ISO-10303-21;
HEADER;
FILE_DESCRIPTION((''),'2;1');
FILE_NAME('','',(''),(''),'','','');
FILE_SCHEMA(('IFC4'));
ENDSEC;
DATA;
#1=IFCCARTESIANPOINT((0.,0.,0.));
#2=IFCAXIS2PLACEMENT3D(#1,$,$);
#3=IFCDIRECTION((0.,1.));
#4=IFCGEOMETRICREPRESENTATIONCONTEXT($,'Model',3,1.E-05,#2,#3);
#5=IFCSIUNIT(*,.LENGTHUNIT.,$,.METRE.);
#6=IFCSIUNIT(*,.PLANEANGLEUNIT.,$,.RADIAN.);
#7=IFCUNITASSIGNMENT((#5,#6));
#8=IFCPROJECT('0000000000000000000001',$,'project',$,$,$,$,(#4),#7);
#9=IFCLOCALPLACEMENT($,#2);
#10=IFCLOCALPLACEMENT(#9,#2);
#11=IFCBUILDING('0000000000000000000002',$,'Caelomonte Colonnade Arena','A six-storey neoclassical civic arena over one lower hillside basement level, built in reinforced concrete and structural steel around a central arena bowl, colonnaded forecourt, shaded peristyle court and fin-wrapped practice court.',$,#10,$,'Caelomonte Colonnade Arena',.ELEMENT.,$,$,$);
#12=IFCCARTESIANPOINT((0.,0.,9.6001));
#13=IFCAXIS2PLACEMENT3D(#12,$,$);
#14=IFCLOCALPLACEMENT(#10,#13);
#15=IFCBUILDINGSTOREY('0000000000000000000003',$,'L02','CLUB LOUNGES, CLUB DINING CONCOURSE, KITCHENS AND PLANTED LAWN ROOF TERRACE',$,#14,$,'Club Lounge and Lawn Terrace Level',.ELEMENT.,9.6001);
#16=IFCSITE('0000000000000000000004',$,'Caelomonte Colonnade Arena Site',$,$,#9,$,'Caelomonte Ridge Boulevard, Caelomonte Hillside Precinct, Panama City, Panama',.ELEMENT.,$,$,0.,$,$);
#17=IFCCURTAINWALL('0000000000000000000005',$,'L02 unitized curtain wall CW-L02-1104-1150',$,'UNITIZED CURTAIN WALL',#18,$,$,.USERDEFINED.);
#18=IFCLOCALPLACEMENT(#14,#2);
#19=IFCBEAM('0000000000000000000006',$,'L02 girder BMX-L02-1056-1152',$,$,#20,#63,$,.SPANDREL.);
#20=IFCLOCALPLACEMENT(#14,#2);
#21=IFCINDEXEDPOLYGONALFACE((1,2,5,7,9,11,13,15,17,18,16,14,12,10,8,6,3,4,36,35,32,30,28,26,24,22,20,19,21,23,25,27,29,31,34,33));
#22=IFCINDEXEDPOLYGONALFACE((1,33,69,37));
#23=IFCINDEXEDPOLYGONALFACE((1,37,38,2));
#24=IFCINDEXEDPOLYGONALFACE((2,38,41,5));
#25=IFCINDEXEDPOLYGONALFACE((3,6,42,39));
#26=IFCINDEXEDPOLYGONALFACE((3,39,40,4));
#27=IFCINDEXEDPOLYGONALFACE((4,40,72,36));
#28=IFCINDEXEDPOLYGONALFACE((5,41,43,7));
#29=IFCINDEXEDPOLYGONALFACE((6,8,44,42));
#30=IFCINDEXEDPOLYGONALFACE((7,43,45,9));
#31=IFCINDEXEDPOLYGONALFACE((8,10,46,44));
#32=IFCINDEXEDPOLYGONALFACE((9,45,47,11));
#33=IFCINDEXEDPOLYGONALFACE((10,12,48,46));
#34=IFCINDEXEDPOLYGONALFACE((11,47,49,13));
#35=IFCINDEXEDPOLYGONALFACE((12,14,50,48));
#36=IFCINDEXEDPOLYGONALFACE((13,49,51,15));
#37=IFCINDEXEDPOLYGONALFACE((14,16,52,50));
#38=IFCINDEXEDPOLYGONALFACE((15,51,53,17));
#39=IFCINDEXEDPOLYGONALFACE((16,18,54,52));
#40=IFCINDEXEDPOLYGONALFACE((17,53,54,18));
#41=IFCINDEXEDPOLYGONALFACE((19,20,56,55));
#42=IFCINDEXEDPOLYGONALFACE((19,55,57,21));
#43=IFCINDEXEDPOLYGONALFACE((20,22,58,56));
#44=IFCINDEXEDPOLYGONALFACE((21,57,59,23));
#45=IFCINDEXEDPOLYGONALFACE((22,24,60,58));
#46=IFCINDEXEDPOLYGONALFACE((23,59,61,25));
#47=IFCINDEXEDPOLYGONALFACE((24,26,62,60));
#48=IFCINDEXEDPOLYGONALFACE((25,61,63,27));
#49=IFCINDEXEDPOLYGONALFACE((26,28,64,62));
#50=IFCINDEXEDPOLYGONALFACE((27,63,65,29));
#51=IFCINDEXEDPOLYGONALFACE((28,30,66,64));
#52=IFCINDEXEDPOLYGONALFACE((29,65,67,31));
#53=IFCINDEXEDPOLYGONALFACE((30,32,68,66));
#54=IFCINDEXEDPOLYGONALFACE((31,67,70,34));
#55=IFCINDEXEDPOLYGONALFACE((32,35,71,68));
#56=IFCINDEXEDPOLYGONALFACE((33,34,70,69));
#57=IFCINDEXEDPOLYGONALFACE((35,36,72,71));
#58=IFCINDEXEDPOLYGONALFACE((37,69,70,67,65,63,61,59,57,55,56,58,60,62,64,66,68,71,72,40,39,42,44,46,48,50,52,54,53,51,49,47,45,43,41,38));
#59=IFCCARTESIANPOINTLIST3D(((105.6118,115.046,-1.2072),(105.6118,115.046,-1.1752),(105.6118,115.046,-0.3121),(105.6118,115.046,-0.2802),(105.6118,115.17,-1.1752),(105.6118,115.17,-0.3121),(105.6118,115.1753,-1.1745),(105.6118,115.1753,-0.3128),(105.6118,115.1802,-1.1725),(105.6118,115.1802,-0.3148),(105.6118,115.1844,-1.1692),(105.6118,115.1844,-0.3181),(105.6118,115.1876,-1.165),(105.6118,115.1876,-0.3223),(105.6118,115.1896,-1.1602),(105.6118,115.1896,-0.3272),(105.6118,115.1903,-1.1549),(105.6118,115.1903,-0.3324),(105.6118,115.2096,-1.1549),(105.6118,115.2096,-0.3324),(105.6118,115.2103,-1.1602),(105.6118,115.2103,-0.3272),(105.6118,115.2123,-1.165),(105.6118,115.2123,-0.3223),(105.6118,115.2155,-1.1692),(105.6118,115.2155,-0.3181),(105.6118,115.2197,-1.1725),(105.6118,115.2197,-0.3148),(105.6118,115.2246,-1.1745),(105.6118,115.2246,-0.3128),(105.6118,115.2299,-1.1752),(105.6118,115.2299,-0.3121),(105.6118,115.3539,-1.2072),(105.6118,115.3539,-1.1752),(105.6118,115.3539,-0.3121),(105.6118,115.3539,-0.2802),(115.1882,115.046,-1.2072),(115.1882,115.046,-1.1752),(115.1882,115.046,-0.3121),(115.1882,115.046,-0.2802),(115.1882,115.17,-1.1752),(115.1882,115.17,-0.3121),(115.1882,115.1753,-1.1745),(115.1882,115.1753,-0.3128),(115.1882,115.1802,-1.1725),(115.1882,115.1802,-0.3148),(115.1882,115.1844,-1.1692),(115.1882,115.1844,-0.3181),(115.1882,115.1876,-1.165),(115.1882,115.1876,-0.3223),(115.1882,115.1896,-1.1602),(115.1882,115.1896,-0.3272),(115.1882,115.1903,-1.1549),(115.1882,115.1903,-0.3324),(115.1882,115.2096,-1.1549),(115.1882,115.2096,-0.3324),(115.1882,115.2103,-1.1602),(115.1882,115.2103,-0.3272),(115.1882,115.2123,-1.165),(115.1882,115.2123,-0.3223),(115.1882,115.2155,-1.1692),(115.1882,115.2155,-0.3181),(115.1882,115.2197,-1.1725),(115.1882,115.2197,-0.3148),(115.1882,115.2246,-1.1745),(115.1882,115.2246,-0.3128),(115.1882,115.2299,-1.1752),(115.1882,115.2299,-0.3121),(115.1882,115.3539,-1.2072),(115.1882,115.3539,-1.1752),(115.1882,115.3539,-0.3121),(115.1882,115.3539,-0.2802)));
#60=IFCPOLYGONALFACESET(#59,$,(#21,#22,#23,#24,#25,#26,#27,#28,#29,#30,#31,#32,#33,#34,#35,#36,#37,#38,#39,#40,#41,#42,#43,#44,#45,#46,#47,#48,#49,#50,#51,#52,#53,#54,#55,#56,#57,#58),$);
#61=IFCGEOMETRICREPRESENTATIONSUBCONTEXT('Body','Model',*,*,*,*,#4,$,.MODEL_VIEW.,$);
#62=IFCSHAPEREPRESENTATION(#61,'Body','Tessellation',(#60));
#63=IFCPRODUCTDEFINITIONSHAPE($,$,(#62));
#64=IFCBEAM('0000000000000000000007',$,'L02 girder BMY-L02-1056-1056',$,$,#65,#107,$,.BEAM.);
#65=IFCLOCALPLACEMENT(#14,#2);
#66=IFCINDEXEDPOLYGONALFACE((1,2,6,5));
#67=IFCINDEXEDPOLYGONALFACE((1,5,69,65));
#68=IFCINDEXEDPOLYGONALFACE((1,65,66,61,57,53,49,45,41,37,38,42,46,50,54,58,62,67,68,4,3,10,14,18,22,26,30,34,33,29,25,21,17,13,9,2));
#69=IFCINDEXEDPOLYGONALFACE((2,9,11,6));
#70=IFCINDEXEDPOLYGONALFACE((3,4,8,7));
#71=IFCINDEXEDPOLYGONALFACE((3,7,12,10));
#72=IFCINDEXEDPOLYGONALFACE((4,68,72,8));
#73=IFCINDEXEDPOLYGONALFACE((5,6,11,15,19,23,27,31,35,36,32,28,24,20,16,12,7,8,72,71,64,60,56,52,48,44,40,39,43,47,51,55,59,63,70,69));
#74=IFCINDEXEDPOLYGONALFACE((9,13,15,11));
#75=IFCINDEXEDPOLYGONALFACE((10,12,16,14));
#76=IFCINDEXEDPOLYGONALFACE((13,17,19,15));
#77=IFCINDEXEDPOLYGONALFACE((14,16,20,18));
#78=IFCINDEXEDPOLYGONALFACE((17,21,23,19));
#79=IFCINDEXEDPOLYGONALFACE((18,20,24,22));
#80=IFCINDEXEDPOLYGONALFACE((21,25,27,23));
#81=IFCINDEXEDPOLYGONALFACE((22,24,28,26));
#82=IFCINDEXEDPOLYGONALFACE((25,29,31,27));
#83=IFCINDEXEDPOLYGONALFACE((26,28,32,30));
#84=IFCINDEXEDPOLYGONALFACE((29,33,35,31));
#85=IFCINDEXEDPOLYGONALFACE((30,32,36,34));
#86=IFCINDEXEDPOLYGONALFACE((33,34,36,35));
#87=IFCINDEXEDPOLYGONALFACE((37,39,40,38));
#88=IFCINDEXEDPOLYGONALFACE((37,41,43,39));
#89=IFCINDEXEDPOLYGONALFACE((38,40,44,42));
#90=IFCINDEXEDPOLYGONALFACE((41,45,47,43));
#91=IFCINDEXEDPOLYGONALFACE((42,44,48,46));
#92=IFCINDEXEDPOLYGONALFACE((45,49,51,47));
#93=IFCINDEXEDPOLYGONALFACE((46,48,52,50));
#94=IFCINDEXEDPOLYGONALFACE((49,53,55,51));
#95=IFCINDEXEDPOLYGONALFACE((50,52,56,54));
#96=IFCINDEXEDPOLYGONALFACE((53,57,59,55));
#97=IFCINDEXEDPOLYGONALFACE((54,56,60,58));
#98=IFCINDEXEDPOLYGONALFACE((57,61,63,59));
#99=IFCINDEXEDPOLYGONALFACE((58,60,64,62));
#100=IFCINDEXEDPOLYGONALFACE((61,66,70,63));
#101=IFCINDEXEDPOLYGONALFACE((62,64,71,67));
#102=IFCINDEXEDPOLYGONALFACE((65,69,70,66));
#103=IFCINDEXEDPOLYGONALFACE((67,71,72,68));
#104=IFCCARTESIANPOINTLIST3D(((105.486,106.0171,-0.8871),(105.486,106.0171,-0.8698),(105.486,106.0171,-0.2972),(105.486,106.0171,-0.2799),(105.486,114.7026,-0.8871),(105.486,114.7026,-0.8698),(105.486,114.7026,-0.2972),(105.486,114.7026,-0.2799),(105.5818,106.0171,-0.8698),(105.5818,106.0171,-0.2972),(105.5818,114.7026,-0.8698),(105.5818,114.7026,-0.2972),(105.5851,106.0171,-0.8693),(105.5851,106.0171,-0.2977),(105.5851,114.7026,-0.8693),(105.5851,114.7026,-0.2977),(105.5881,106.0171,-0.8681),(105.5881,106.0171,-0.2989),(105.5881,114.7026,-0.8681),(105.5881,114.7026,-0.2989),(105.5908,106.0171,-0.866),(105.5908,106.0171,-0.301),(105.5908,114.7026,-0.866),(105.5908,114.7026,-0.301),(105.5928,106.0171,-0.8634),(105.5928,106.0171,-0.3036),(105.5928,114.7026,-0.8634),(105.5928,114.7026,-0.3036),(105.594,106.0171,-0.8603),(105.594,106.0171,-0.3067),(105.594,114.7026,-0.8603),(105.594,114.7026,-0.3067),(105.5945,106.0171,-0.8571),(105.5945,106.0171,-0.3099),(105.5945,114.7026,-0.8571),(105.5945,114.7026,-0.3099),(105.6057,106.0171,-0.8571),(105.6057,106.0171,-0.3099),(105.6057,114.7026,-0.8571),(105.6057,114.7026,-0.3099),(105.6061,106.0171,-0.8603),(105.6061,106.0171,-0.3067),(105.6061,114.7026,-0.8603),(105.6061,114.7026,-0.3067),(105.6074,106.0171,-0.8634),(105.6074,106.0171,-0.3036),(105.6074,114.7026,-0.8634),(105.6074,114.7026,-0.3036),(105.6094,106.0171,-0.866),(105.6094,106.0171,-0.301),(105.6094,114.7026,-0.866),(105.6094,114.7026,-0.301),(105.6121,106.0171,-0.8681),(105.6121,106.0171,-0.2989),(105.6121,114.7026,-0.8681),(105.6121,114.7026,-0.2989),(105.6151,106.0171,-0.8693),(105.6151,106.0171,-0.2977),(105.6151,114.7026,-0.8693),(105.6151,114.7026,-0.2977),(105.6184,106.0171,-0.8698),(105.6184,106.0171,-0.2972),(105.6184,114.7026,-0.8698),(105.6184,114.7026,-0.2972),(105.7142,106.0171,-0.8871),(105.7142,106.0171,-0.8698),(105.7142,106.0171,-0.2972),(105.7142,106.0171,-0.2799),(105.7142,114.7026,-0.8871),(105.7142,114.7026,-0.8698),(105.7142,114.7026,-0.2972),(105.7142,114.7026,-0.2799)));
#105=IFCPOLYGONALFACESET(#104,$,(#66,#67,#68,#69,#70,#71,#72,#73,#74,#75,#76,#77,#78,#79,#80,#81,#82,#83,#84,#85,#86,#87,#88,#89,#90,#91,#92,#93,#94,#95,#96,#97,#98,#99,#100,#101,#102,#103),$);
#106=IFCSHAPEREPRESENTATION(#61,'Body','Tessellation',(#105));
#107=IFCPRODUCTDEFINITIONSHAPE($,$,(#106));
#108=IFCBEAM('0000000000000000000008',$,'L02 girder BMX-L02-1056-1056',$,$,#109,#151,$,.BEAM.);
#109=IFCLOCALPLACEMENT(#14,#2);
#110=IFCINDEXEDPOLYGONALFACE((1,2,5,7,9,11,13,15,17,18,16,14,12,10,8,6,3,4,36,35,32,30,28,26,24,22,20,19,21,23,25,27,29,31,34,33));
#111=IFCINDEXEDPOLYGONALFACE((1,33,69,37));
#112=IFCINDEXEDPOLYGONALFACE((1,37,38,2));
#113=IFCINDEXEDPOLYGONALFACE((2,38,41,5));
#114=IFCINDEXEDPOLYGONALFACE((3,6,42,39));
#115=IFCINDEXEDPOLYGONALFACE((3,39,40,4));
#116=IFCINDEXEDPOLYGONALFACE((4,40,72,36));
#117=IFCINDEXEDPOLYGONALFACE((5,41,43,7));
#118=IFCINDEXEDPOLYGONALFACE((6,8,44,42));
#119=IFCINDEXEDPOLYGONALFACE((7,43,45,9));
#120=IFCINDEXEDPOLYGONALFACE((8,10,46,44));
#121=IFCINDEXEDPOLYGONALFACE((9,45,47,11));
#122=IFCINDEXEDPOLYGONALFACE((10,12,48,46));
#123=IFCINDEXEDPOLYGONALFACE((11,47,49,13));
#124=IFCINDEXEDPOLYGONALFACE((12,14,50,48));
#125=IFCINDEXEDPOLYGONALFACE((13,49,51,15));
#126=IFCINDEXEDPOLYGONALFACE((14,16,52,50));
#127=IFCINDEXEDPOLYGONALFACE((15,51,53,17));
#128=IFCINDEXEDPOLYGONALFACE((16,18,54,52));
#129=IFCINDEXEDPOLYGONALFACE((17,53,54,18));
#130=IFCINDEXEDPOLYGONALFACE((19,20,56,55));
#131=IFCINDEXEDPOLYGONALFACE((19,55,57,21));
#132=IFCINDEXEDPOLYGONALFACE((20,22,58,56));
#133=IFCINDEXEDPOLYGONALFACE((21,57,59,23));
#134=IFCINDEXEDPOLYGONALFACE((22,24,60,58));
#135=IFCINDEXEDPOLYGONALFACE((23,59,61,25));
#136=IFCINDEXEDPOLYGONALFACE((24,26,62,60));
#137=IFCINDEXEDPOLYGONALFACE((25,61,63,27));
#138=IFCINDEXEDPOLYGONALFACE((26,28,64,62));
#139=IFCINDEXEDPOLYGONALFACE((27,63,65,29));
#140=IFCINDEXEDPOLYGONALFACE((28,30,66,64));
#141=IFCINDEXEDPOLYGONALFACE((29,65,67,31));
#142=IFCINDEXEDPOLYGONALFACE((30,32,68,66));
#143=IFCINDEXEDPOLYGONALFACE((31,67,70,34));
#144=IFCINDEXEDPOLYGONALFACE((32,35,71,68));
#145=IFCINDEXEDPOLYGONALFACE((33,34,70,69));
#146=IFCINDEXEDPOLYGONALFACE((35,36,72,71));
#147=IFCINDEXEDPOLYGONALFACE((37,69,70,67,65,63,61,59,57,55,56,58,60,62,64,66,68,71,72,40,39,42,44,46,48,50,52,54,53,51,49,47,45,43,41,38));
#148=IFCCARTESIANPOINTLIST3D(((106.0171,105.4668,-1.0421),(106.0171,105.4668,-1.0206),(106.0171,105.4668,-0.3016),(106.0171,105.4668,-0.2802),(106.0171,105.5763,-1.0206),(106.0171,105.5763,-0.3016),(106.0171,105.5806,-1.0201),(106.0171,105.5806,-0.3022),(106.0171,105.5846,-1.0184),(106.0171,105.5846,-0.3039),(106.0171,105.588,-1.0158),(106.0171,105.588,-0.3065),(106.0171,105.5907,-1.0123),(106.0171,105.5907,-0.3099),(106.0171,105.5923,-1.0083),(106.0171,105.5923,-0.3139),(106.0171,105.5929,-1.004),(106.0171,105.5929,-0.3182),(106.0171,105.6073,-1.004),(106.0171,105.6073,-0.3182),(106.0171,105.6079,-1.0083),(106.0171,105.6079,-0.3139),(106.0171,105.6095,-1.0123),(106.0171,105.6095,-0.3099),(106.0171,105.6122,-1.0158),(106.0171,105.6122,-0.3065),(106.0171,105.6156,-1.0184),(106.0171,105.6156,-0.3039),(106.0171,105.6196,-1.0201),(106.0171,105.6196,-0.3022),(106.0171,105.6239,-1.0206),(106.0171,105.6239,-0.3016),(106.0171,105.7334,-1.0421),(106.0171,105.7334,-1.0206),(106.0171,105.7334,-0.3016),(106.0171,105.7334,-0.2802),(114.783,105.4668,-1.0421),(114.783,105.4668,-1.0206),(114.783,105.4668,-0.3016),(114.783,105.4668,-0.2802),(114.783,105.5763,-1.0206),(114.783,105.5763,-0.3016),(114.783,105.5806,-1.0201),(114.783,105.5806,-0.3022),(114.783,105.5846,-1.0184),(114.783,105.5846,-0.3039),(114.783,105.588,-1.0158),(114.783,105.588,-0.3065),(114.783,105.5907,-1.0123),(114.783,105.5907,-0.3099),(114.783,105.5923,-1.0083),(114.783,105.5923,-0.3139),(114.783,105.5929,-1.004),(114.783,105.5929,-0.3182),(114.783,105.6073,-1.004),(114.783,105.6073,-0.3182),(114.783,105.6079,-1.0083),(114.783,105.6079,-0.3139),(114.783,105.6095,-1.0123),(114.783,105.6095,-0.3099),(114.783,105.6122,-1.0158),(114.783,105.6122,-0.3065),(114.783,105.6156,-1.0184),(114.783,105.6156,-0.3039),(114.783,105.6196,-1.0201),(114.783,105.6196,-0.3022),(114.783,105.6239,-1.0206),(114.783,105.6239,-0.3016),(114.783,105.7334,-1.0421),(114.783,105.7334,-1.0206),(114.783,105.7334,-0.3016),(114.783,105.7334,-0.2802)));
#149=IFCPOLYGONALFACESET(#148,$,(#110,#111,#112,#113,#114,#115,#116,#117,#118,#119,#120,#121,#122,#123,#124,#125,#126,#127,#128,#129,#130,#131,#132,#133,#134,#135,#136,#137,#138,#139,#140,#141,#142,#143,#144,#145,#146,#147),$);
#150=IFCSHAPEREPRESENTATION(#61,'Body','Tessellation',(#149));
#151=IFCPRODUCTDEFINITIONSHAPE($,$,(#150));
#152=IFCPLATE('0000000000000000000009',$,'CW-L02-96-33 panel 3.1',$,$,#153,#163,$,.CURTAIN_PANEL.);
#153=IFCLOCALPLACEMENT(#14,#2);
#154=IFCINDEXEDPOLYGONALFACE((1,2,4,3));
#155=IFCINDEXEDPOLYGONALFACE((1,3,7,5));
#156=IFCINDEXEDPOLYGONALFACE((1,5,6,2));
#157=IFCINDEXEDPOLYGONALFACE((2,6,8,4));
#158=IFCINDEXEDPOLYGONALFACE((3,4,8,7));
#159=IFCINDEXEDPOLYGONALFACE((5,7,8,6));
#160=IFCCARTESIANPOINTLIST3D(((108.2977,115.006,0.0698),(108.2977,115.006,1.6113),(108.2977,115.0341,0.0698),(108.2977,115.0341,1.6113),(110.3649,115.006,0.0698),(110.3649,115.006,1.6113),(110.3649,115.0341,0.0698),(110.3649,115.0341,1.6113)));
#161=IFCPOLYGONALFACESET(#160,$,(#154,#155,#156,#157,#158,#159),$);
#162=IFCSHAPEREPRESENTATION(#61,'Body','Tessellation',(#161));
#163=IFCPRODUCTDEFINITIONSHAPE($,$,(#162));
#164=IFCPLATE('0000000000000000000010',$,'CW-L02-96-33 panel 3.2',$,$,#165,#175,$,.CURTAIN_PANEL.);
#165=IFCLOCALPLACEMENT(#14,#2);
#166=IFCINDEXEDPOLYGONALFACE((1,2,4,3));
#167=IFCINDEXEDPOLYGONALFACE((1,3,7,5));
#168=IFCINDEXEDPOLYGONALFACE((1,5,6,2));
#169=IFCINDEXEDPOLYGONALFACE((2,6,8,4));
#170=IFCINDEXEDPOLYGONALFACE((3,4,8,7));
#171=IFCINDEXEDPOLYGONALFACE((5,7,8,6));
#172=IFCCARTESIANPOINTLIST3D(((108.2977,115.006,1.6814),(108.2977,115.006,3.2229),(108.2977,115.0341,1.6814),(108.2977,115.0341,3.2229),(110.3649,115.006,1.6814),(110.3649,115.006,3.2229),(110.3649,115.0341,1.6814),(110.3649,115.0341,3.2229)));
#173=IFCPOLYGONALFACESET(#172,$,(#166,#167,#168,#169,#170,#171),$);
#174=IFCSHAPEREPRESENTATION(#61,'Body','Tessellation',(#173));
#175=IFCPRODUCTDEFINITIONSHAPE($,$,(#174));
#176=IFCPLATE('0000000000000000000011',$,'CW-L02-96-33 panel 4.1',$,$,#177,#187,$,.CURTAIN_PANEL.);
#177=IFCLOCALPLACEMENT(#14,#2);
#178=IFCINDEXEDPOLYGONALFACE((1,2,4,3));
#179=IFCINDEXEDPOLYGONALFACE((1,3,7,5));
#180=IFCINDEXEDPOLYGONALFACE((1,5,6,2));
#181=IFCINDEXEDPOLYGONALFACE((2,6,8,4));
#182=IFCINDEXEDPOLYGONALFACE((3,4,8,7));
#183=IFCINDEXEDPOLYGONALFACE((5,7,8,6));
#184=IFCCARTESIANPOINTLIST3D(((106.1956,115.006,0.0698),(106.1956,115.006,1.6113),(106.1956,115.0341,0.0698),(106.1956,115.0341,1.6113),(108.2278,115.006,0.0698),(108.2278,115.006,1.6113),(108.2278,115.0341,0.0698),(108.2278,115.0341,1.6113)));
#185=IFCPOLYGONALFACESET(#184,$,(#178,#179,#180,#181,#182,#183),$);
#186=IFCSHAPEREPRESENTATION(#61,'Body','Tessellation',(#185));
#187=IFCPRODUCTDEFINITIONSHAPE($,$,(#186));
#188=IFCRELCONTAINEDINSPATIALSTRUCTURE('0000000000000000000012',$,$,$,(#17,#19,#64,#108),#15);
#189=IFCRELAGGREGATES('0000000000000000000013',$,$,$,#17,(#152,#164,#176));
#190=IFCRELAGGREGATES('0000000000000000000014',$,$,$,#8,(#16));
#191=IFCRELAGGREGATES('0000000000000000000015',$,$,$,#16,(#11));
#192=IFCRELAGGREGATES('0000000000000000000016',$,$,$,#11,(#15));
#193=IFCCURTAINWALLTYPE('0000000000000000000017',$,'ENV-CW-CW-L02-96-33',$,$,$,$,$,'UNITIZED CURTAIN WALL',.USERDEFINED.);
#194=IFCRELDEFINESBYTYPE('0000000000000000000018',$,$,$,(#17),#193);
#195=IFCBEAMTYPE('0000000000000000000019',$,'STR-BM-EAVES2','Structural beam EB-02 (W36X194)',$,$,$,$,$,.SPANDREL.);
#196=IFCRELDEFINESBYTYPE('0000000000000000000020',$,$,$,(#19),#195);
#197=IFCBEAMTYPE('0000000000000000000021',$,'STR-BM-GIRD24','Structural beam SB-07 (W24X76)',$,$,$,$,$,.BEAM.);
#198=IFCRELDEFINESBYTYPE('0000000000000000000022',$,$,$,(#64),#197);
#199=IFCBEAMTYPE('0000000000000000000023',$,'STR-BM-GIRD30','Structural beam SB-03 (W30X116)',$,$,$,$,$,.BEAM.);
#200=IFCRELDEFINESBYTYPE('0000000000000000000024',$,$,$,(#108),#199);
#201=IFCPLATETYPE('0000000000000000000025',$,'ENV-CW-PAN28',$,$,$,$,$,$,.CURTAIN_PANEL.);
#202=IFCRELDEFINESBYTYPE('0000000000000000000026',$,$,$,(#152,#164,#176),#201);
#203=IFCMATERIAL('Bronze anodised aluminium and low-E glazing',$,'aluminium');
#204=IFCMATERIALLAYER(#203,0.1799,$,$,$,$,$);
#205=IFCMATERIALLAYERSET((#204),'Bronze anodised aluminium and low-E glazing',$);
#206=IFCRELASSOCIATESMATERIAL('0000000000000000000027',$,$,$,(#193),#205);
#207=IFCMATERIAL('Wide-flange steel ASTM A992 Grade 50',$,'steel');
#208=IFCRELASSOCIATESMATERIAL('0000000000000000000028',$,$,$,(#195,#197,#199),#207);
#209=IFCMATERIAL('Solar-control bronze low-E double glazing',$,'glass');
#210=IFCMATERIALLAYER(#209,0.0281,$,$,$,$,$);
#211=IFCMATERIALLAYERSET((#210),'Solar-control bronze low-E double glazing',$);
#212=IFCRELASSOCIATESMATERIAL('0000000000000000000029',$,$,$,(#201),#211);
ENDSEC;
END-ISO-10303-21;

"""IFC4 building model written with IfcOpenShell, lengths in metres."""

from ifc_helpers import new_model, si_unit, direction, frame, origin, origin_2d, place, context, subcontext, project, spatial, rectangle, i_section, extrude, material, layer, layer_set, material_profile, profile_set, type_object, element, aggregate, save


model = new_model("IFC4")

# Units and contexts
model_context = context("Model", 3, precision=1e-05, world=origin(), true_north=direction((0.0, 1.0)))
body_context = subcontext(model_context, "Body", "Model", "MODEL_VIEW")
ifc_project = project(units=[si_unit("LENGTHUNIT", "METRE"), si_unit("PLANEANGLEUNIT", "RADIAN")], contexts=[model_context])

# Site, building, storey
site_placement = place(None, origin())
site = spatial("IfcSite", under=ifc_project, at=site_placement, Name="Caelomonte Colonnade Arena Site", LongName="Caelomonte Ridge Boulevard, Caelomonte Hillside Precinct, Panama City, Panama", CompositionType="ELEMENT", RefElevation=0.0)
building_placement = place(site_placement, origin())
building = spatial("IfcBuilding", under=site, at=building_placement, Name="Caelomonte Colonnade Arena", Description="A six-storey neoclassical civic arena over one lower hillside basement level, built in reinforced concrete and structural steel around a central arena bowl, colonnaded forecourt, shaded peristyle court and fin-wrapped practice court.", LongName="Caelomonte Colonnade Arena", CompositionType="ELEMENT")
storey_placement = place(building_placement, frame((0.0, 0.0, 9.6001)))
storey = spatial("IfcBuildingStorey", under=building, at=storey_placement, Name="L02", Description="CLUB LOUNGES, CLUB DINING CONCOURSE, KITCHENS AND PLANTED LAWN ROOF TERRACE", LongName="Club Lounge and Lawn Terrace Level", CompositionType="ELEMENT", Elevation=9.6001)

# Shared definitions
ifc_material_1 = material(Name="Wide-flange steel ASTM A992 Grade 50", Category="steel")

# Curtain wall
ifc_material_2 = material(Name="Bronze anodised aluminium and low-E glazing", Category="aluminium")
ifc_layer_1 = layer(ifc_material_2, 0.1799)
ifc_layer_set_1 = layer_set([ifc_layer_1], Name="Bronze anodised aluminium and low-E glazing")
curtain_wall_type = type_object("IfcCurtainWallType", Name="ENV-CW-CW-L02-96-33", ElementType="UNITIZED CURTAIN WALL", PredefinedType="USERDEFINED", material=ifc_layer_set_1)
curtain_wall_placement = place(storey_placement, origin())
curtain_wall = element("IfcCurtainWall", 1, at=curtain_wall_placement, inside=storey, type_object=curtain_wall_type, Name="L02 unitized curtain wall CW-L02-1104-1150", ObjectType="UNITIZED CURTAIN WALL", PredefinedType="USERDEFINED")

# Beams
ifc_material_profile_1 = material_profile(ifc_material_1, i_section(OverallWidth=0.3079, OverallDepth=0.927, WebThickness=0.0193, FlangeThickness=0.032, FilletRadius=0.0203, at=origin_2d()), Name="W36X194")
ifc_profile_set_1 = profile_set([ifc_material_profile_1], Name="Wide-flange steel ASTM A992 Grade 50")
beam_type_1 = type_object("IfcBeamType", Name="STR-BM-EAVES2", Description="Structural beam EB-02 (W36X194)", PredefinedType="SPANDREL", material=ifc_profile_set_1)
beam_1_placement = place(storey_placement, frame((105.6118, 115.2, -0.7437), z_axis=(1.0, 0.0, 0.0), x_axis=(0.0, 1.0, 0.0)))
element("IfcBeam", 2, at=beam_1_placement, inside=storey, type_object=beam_type_1, Name="L02 girder BMX-L02-1056-1152", PredefinedType="SPANDREL", context=body_context, shape_type="SweptSolid", body=[
    extrude(i_section(OverallWidth=0.3079, OverallDepth=0.927, WebThickness=0.0193, FlangeThickness=0.032, FilletRadius=0.0203, at=origin_2d()), origin(), (0.0, 0.0, 1.0), 9.5764),
])
ifc_material_profile_2 = material_profile(ifc_material_1, i_section(OverallWidth=0.2283, OverallDepth=0.6072, WebThickness=0.0112, FlangeThickness=0.0173, FilletRadius=0.0127, at=origin_2d()), Name="W24X76")
ifc_profile_set_2 = profile_set([ifc_material_profile_2], Name="Wide-flange steel ASTM A992 Grade 50")
beam_type_2 = type_object("IfcBeamType", Name="STR-BM-GIRD24", Description="Structural beam SB-07 (W24X76)", PredefinedType="BEAM", material=ifc_profile_set_2)
beam_2_placement = place(storey_placement, frame((105.6001, 106.0171, -0.5835), z_axis=(0.0, 1.0, 0.0), x_axis=(-1.0, 0.0, 0.0)))
element("IfcBeam", 3, at=beam_2_placement, inside=storey, type_object=beam_type_2, Name="L02 girder BMY-L02-1056-1056", PredefinedType="BEAM", context=body_context, shape_type="SweptSolid", body=[
    extrude(i_section(OverallWidth=0.2283, OverallDepth=0.6072, WebThickness=0.0112, FlangeThickness=0.0173, FilletRadius=0.0127, at=origin_2d()), origin(), (0.0, 0.0, 1.0), 8.6855),
])
ifc_material_profile_3 = material_profile(ifc_material_1, i_section(OverallWidth=0.2666, OverallDepth=0.762, WebThickness=0.0144, FlangeThickness=0.0215, FilletRadius=0.0166, at=origin_2d()), Name="W30X116")
ifc_profile_set_3 = profile_set([ifc_material_profile_3], Name="Wide-flange steel ASTM A992 Grade 50")
beam_type_3 = type_object("IfcBeamType", Name="STR-BM-GIRD30", Description="Structural beam SB-03 (W30X116)", PredefinedType="BEAM", material=ifc_profile_set_3)
beam_3_placement = place(storey_placement, frame((106.0171, 105.6001, -0.6611), z_axis=(1.0, 0.0, 0.0), x_axis=(0.0, 1.0, 0.0)))
element("IfcBeam", 4, at=beam_3_placement, inside=storey, type_object=beam_type_3, Name="L02 girder BMX-L02-1056-1056", PredefinedType="BEAM", context=body_context, shape_type="SweptSolid", body=[
    extrude(i_section(OverallWidth=0.2666, OverallDepth=0.762, WebThickness=0.0144, FlangeThickness=0.0215, FilletRadius=0.0166, at=origin_2d()), origin(), (0.0, 0.0, 1.0), 8.7659),
])

# Plates
ifc_material_3 = material(Name="Solar-control bronze low-E double glazing", Category="glass")
ifc_layer_2 = layer(ifc_material_3, 0.0281)
ifc_layer_set_2 = layer_set([ifc_layer_2], Name="Solar-control bronze low-E double glazing")
plate_type = type_object("IfcPlateType", Name="ENV-CW-PAN28", PredefinedType="CURTAIN_PANEL", material=ifc_layer_set_2)
plate_1_placement = place(storey_placement, frame((109.3313, 115.02, 0.0698), z_axis=(0.0, 0.0, 1.0), x_axis=(-1.0, 0.0, 0.0)))
plate_1 = element("IfcPlate", 5, at=plate_1_placement, type_object=plate_type, Name="CW-L02-96-33 panel 3.1", PredefinedType="CURTAIN_PANEL", context=body_context, shape_type="SweptSolid", body=[
    extrude(rectangle(XDim=2.0671, YDim=0.0281, at=origin_2d()), origin(), (0.0, 0.0, 1.0), 1.5415),
])
plate_2_placement = place(storey_placement, frame((109.3313, 115.02, 1.6814), z_axis=(0.0, 0.0, 1.0), x_axis=(-1.0, 0.0, 0.0)))
plate_2 = element("IfcPlate", 6, at=plate_2_placement, type_object=plate_type, Name="CW-L02-96-33 panel 3.2", PredefinedType="CURTAIN_PANEL", context=body_context, shape_type="SweptSolid", body=[
    extrude(rectangle(XDim=2.0671, YDim=0.0281, at=origin_2d()), origin(), (0.0, 0.0, 1.0), 1.5415),
])
plate_3_placement = place(storey_placement, frame((107.2117, 115.02, 0.0698), z_axis=(0.0, 0.0, 1.0), x_axis=(-1.0, 0.0, 0.0)))
plate_3 = element("IfcPlate", 7, at=plate_3_placement, type_object=plate_type, Name="CW-L02-96-33 panel 4.1", PredefinedType="CURTAIN_PANEL", context=body_context, shape_type="SweptSolid", body=[
    extrude(rectangle(XDim=2.0322, YDim=0.0281, at=origin_2d()), origin(), (0.0, 0.0, 1.0), 1.5415),
])
aggregate(curtain_wall, [plate_1, plate_2, plate_3])

save(model, "model.ifc")
